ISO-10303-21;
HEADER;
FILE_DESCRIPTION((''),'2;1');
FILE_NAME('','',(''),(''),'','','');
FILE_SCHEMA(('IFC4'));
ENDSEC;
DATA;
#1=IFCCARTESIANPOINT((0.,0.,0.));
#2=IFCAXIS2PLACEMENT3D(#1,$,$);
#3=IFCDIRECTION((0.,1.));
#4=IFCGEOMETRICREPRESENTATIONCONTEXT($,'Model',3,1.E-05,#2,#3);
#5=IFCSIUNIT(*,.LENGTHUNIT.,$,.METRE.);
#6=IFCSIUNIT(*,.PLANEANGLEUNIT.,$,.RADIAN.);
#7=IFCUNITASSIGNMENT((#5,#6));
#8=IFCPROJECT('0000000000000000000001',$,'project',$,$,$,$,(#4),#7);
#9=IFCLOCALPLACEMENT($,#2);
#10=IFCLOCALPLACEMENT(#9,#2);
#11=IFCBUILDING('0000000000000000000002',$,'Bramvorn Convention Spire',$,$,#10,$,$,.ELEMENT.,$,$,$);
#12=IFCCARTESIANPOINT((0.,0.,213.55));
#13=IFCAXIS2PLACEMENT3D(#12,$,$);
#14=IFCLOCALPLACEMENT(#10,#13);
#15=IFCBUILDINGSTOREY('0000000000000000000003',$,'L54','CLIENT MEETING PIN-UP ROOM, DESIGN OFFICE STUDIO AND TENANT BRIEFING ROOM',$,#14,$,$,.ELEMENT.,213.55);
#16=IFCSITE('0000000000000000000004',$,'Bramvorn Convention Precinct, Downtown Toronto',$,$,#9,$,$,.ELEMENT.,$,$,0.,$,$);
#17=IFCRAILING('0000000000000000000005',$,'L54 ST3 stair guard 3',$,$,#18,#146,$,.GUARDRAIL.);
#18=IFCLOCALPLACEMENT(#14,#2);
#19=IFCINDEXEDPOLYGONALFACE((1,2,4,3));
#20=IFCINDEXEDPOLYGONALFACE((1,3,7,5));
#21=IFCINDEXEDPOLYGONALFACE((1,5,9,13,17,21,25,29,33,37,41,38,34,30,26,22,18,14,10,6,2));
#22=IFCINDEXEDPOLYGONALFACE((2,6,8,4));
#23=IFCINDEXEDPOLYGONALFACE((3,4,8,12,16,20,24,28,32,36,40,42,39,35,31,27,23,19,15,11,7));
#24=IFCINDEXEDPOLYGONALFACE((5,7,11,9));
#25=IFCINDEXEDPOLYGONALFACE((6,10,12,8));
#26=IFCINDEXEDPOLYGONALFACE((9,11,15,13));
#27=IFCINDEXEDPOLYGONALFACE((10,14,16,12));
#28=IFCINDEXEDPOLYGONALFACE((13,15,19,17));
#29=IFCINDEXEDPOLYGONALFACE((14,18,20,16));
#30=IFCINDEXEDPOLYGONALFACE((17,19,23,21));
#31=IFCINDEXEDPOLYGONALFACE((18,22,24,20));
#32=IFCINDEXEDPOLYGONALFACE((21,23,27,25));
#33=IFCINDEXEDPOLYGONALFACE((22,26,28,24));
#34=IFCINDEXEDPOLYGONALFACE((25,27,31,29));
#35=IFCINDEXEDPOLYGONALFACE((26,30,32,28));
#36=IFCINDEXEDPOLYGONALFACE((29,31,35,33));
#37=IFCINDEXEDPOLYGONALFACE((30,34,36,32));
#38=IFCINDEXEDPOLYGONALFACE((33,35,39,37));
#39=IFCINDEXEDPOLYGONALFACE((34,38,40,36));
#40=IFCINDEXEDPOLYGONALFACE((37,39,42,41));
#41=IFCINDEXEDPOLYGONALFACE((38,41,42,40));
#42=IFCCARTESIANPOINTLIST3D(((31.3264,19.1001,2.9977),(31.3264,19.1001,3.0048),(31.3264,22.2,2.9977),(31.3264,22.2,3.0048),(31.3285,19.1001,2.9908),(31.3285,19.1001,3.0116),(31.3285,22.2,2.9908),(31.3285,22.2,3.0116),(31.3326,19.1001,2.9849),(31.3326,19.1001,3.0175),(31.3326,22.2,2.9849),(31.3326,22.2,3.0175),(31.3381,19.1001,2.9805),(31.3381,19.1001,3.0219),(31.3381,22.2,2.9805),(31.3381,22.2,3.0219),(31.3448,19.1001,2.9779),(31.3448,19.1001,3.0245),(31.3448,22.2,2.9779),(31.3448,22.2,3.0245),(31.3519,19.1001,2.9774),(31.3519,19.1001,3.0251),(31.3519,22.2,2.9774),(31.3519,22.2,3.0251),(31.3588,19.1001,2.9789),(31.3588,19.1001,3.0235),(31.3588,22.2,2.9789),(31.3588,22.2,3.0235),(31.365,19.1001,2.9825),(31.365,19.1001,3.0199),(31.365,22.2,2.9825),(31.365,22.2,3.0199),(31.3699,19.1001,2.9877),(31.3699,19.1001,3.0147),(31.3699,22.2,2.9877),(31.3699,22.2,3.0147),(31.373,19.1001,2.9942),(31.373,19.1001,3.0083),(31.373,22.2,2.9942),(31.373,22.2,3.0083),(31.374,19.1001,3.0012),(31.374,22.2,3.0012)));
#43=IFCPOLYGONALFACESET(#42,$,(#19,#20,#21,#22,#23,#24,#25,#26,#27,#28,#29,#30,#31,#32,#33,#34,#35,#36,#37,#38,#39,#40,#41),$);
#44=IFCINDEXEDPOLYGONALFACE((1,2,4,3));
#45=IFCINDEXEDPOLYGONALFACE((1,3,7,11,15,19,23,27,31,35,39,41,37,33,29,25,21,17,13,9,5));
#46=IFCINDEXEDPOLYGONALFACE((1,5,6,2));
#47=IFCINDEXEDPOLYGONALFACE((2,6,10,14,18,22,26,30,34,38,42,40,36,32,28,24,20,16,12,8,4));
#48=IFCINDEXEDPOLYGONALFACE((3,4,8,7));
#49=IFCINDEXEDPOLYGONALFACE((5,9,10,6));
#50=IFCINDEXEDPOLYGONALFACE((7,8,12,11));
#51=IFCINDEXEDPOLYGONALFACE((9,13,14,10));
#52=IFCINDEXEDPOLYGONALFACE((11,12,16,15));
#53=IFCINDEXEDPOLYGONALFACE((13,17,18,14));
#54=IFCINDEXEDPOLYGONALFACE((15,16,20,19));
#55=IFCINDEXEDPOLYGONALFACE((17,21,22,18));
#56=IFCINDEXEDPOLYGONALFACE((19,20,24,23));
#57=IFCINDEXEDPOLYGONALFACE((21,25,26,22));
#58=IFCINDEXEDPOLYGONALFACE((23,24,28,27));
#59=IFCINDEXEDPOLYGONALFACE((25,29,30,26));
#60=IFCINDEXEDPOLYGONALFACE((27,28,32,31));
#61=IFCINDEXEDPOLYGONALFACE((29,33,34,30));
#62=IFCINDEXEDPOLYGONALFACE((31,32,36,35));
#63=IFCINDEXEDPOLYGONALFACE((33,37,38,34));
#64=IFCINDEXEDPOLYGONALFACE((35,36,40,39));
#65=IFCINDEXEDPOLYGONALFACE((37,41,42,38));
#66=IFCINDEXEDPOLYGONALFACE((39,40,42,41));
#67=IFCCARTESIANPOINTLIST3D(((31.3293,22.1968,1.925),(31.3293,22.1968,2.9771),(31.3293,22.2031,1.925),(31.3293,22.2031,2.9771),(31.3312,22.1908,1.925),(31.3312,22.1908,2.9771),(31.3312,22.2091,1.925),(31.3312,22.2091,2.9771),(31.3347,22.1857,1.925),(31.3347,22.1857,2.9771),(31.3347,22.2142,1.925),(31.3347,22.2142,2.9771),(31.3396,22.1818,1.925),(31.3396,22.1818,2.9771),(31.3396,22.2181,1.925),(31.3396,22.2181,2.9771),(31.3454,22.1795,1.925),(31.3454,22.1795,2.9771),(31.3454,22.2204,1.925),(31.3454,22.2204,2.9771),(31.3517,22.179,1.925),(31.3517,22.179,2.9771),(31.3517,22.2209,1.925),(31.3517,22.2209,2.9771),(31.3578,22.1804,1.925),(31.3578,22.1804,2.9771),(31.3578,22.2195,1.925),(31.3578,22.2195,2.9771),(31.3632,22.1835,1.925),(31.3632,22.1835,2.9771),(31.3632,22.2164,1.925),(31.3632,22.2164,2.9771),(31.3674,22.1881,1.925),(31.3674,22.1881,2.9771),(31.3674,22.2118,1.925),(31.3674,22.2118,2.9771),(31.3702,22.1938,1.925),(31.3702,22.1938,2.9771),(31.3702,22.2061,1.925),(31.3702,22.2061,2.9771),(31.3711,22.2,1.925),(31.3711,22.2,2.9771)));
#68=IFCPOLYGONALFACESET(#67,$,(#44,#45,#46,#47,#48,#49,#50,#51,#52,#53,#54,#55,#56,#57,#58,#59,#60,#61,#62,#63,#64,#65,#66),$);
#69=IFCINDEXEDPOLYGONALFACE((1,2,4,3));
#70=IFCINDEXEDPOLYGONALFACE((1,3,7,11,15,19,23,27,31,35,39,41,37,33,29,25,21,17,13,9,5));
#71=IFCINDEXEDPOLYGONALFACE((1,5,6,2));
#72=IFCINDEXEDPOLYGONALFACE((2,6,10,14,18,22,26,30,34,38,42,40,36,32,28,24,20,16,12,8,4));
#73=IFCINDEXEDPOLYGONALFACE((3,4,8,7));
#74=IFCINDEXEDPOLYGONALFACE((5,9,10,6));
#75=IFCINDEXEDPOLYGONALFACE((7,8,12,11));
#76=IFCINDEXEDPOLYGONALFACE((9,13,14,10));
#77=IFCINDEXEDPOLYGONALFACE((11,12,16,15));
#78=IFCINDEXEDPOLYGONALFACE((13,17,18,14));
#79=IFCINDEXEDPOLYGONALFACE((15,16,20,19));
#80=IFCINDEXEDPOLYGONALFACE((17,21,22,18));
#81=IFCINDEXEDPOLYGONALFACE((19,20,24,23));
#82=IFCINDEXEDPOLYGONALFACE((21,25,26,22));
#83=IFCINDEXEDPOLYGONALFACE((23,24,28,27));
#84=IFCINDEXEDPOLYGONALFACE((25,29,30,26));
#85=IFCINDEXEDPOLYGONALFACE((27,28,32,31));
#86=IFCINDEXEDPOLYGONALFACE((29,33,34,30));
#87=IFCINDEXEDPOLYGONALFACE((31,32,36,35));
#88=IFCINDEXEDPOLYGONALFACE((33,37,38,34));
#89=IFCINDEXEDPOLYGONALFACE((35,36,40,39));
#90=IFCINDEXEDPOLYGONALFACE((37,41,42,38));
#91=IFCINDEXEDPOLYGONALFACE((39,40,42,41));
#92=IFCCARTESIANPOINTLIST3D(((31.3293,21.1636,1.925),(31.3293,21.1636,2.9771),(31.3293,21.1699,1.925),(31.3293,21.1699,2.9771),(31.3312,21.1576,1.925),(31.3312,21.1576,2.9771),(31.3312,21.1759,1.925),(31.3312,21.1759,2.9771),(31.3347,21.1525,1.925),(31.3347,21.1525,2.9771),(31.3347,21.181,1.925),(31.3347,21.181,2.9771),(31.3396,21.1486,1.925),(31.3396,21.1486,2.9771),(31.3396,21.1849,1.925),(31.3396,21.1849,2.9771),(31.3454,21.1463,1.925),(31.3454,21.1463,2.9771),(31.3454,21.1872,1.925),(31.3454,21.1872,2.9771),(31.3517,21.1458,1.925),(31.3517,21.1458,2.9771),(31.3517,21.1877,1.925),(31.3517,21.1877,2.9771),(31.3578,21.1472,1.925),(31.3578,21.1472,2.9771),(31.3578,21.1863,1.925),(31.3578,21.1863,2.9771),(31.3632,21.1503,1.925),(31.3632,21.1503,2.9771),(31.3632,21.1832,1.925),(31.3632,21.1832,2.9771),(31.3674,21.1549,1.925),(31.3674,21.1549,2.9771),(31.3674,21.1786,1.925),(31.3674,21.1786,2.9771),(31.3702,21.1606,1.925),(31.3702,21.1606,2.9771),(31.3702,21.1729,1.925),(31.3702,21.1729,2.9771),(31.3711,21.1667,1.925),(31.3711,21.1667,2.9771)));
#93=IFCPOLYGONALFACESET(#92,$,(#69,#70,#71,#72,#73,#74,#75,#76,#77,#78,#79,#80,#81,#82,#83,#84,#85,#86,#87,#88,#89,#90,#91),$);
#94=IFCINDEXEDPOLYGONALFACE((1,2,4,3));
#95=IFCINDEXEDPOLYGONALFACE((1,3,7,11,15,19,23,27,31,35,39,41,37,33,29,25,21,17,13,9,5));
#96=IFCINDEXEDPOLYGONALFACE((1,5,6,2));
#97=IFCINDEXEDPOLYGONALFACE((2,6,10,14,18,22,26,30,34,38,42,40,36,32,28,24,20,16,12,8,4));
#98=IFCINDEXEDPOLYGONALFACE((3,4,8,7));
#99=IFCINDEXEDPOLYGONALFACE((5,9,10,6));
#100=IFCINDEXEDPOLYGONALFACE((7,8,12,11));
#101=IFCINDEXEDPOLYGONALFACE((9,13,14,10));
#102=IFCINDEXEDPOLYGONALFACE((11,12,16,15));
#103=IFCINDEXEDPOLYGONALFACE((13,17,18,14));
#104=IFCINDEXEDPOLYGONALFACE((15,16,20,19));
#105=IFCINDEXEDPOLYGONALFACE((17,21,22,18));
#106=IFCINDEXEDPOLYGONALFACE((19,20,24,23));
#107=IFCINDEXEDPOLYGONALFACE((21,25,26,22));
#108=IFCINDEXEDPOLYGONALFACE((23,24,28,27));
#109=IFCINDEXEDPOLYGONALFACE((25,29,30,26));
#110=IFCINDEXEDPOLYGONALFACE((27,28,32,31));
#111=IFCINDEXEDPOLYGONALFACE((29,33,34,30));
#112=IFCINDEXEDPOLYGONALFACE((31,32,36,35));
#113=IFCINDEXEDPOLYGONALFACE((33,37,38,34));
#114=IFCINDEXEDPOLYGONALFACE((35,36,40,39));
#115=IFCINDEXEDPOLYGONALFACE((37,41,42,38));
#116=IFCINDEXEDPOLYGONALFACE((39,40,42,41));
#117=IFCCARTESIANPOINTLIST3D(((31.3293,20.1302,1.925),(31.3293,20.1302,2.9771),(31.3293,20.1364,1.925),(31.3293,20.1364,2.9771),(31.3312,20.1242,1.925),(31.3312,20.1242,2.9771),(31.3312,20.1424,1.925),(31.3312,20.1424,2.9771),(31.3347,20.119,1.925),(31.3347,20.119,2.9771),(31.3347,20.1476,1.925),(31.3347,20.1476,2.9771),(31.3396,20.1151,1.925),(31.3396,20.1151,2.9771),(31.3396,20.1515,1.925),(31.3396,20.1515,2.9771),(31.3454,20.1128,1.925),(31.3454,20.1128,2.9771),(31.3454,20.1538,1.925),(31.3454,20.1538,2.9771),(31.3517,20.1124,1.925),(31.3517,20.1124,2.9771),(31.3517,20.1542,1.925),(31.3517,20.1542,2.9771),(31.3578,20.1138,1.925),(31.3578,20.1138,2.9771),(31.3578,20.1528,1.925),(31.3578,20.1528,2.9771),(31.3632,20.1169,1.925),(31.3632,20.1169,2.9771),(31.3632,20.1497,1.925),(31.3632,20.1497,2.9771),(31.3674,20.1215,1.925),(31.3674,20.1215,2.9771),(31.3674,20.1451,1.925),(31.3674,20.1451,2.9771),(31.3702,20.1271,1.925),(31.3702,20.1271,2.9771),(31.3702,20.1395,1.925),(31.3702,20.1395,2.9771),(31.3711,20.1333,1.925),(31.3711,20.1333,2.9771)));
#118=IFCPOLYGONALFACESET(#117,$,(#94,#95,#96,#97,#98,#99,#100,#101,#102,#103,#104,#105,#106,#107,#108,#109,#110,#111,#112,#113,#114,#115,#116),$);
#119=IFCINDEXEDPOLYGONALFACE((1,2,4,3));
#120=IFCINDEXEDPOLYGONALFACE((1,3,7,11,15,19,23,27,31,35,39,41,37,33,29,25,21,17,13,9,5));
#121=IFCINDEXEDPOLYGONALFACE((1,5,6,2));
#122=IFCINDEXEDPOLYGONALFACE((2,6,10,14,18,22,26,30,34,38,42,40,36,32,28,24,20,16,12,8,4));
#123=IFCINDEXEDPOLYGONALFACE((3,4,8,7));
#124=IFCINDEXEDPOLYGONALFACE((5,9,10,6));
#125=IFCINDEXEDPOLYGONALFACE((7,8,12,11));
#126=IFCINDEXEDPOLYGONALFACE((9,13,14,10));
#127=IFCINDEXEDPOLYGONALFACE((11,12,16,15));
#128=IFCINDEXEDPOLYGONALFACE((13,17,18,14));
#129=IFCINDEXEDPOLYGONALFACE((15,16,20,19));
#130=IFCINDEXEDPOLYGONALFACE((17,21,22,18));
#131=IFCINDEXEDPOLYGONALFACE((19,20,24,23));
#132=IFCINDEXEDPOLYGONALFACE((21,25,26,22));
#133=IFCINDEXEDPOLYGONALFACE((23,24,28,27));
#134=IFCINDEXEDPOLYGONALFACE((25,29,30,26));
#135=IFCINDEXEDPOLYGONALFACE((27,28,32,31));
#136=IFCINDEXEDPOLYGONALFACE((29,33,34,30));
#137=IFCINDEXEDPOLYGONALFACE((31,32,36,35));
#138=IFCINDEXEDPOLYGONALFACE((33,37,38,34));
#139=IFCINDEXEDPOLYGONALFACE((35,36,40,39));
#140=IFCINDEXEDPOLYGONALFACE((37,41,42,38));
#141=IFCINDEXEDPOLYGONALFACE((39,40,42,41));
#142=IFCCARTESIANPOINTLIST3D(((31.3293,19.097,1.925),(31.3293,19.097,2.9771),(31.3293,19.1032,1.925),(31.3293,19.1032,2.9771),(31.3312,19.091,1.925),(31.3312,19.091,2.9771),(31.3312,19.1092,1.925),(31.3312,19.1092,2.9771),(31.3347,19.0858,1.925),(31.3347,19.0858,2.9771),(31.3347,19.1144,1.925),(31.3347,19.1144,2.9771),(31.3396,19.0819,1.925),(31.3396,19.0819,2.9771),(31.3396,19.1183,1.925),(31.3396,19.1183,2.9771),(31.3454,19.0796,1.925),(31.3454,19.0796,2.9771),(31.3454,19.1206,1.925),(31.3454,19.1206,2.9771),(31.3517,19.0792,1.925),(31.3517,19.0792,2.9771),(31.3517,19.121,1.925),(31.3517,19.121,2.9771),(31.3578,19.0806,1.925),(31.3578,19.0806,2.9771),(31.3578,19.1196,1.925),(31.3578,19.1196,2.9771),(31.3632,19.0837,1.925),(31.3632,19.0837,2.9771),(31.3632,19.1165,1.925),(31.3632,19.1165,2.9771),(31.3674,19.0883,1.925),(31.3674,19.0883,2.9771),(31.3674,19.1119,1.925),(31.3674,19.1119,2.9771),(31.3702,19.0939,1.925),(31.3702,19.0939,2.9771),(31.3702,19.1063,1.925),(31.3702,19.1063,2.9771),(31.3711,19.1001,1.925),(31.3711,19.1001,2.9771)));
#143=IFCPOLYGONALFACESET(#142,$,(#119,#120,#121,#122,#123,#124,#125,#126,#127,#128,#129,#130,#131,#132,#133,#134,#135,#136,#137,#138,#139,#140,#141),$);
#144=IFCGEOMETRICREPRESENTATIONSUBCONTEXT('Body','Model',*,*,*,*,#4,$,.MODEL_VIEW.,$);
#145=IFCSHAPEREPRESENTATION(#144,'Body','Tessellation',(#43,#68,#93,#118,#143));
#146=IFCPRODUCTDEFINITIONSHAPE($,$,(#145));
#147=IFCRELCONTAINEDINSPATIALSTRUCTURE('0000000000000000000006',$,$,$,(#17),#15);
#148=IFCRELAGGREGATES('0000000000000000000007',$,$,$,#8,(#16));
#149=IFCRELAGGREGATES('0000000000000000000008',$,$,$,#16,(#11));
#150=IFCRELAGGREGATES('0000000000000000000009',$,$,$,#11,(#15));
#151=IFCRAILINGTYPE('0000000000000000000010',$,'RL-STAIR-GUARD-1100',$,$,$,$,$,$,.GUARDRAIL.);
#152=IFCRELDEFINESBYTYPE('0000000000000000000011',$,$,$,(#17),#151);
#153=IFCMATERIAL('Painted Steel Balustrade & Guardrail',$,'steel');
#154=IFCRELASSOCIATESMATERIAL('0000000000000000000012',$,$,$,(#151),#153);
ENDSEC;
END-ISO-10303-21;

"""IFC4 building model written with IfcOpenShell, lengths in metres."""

from ifc_helpers import new_model, si_unit, direction, frame, origin, origin_2d, place, context, subcontext, project, spatial, circle, extrude, material, type_object, element, save


model = new_model("IFC4")

# Units and contexts
model_context = context("Model", 3, precision=1e-05, world=origin(), true_north=direction((0.0, 1.0)))
body_context = subcontext(model_context, "Body", "Model", "MODEL_VIEW")
ifc_project = project(units=[si_unit("LENGTHUNIT", "METRE"), si_unit("PLANEANGLEUNIT", "RADIAN")], contexts=[model_context])

# Site, building, storey
site_placement = place(None, origin())
site = spatial("IfcSite", under=ifc_project, at=site_placement, Name="Bramvorn Convention Precinct, Downtown Toronto", CompositionType="ELEMENT", RefElevation=0.0)
building_placement = place(site_placement, origin())
building = spatial("IfcBuilding", under=site, at=building_placement, Name="Bramvorn Convention Spire", CompositionType="ELEMENT")
storey_placement = place(building_placement, frame((0.0, 0.0, 213.55)))
storey = spatial("IfcBuildingStorey", under=building, at=storey_placement, Name="L54", Description="CLIENT MEETING PIN-UP ROOM, DESIGN OFFICE STUDIO AND TENANT BRIEFING ROOM", CompositionType="ELEMENT", Elevation=213.55)

# Railing
ifc_material_1 = material(Name="Painted Steel Balustrade & Guardrail", Category="steel")
railing_type_1 = type_object("IfcRailingType", Name="RL-STAIR-GUARD-1100", PredefinedType="GUARDRAIL", material=ifc_material_1)
railing_1_placement = place(storey_placement, frame((31.3501, 22.2, 1.925)))
element("IfcRailing", 1, at=railing_1_placement, inside=storey, type_object=railing_type_1, Name="L54 ST3 stair guard 3", PredefinedType="GUARDRAIL", context=body_context, shape_type="SweptSolid", body=[
    extrude(circle(Radius=0.0239, at=origin_2d()), frame((0.0, 0.0, 1.0762), z_axis=(0.0, -1.0, 0.0), x_axis=(1.0, 0.0, 0.0)), (0.0, 0.0, 1.0), 3.0999),
    extrude(circle(Radius=0.021, at=origin_2d()), origin(), (0.0, 0.0, 1.0), 1.052),
    extrude(circle(Radius=0.021, at=origin_2d()), frame((0.0, -1.0332, 0.0)), (0.0, 0.0, 1.0), 1.052),
    extrude(circle(Radius=0.021, at=origin_2d()), frame((0.0, -2.0667, 0.0)), (0.0, 0.0, 1.0), 1.052),
    extrude(circle(Radius=0.021, at=origin_2d()), frame((0.0, -3.0999, 0.0)), (0.0, 0.0, 1.0), 1.052),
])

save(model, "model.ifc")
